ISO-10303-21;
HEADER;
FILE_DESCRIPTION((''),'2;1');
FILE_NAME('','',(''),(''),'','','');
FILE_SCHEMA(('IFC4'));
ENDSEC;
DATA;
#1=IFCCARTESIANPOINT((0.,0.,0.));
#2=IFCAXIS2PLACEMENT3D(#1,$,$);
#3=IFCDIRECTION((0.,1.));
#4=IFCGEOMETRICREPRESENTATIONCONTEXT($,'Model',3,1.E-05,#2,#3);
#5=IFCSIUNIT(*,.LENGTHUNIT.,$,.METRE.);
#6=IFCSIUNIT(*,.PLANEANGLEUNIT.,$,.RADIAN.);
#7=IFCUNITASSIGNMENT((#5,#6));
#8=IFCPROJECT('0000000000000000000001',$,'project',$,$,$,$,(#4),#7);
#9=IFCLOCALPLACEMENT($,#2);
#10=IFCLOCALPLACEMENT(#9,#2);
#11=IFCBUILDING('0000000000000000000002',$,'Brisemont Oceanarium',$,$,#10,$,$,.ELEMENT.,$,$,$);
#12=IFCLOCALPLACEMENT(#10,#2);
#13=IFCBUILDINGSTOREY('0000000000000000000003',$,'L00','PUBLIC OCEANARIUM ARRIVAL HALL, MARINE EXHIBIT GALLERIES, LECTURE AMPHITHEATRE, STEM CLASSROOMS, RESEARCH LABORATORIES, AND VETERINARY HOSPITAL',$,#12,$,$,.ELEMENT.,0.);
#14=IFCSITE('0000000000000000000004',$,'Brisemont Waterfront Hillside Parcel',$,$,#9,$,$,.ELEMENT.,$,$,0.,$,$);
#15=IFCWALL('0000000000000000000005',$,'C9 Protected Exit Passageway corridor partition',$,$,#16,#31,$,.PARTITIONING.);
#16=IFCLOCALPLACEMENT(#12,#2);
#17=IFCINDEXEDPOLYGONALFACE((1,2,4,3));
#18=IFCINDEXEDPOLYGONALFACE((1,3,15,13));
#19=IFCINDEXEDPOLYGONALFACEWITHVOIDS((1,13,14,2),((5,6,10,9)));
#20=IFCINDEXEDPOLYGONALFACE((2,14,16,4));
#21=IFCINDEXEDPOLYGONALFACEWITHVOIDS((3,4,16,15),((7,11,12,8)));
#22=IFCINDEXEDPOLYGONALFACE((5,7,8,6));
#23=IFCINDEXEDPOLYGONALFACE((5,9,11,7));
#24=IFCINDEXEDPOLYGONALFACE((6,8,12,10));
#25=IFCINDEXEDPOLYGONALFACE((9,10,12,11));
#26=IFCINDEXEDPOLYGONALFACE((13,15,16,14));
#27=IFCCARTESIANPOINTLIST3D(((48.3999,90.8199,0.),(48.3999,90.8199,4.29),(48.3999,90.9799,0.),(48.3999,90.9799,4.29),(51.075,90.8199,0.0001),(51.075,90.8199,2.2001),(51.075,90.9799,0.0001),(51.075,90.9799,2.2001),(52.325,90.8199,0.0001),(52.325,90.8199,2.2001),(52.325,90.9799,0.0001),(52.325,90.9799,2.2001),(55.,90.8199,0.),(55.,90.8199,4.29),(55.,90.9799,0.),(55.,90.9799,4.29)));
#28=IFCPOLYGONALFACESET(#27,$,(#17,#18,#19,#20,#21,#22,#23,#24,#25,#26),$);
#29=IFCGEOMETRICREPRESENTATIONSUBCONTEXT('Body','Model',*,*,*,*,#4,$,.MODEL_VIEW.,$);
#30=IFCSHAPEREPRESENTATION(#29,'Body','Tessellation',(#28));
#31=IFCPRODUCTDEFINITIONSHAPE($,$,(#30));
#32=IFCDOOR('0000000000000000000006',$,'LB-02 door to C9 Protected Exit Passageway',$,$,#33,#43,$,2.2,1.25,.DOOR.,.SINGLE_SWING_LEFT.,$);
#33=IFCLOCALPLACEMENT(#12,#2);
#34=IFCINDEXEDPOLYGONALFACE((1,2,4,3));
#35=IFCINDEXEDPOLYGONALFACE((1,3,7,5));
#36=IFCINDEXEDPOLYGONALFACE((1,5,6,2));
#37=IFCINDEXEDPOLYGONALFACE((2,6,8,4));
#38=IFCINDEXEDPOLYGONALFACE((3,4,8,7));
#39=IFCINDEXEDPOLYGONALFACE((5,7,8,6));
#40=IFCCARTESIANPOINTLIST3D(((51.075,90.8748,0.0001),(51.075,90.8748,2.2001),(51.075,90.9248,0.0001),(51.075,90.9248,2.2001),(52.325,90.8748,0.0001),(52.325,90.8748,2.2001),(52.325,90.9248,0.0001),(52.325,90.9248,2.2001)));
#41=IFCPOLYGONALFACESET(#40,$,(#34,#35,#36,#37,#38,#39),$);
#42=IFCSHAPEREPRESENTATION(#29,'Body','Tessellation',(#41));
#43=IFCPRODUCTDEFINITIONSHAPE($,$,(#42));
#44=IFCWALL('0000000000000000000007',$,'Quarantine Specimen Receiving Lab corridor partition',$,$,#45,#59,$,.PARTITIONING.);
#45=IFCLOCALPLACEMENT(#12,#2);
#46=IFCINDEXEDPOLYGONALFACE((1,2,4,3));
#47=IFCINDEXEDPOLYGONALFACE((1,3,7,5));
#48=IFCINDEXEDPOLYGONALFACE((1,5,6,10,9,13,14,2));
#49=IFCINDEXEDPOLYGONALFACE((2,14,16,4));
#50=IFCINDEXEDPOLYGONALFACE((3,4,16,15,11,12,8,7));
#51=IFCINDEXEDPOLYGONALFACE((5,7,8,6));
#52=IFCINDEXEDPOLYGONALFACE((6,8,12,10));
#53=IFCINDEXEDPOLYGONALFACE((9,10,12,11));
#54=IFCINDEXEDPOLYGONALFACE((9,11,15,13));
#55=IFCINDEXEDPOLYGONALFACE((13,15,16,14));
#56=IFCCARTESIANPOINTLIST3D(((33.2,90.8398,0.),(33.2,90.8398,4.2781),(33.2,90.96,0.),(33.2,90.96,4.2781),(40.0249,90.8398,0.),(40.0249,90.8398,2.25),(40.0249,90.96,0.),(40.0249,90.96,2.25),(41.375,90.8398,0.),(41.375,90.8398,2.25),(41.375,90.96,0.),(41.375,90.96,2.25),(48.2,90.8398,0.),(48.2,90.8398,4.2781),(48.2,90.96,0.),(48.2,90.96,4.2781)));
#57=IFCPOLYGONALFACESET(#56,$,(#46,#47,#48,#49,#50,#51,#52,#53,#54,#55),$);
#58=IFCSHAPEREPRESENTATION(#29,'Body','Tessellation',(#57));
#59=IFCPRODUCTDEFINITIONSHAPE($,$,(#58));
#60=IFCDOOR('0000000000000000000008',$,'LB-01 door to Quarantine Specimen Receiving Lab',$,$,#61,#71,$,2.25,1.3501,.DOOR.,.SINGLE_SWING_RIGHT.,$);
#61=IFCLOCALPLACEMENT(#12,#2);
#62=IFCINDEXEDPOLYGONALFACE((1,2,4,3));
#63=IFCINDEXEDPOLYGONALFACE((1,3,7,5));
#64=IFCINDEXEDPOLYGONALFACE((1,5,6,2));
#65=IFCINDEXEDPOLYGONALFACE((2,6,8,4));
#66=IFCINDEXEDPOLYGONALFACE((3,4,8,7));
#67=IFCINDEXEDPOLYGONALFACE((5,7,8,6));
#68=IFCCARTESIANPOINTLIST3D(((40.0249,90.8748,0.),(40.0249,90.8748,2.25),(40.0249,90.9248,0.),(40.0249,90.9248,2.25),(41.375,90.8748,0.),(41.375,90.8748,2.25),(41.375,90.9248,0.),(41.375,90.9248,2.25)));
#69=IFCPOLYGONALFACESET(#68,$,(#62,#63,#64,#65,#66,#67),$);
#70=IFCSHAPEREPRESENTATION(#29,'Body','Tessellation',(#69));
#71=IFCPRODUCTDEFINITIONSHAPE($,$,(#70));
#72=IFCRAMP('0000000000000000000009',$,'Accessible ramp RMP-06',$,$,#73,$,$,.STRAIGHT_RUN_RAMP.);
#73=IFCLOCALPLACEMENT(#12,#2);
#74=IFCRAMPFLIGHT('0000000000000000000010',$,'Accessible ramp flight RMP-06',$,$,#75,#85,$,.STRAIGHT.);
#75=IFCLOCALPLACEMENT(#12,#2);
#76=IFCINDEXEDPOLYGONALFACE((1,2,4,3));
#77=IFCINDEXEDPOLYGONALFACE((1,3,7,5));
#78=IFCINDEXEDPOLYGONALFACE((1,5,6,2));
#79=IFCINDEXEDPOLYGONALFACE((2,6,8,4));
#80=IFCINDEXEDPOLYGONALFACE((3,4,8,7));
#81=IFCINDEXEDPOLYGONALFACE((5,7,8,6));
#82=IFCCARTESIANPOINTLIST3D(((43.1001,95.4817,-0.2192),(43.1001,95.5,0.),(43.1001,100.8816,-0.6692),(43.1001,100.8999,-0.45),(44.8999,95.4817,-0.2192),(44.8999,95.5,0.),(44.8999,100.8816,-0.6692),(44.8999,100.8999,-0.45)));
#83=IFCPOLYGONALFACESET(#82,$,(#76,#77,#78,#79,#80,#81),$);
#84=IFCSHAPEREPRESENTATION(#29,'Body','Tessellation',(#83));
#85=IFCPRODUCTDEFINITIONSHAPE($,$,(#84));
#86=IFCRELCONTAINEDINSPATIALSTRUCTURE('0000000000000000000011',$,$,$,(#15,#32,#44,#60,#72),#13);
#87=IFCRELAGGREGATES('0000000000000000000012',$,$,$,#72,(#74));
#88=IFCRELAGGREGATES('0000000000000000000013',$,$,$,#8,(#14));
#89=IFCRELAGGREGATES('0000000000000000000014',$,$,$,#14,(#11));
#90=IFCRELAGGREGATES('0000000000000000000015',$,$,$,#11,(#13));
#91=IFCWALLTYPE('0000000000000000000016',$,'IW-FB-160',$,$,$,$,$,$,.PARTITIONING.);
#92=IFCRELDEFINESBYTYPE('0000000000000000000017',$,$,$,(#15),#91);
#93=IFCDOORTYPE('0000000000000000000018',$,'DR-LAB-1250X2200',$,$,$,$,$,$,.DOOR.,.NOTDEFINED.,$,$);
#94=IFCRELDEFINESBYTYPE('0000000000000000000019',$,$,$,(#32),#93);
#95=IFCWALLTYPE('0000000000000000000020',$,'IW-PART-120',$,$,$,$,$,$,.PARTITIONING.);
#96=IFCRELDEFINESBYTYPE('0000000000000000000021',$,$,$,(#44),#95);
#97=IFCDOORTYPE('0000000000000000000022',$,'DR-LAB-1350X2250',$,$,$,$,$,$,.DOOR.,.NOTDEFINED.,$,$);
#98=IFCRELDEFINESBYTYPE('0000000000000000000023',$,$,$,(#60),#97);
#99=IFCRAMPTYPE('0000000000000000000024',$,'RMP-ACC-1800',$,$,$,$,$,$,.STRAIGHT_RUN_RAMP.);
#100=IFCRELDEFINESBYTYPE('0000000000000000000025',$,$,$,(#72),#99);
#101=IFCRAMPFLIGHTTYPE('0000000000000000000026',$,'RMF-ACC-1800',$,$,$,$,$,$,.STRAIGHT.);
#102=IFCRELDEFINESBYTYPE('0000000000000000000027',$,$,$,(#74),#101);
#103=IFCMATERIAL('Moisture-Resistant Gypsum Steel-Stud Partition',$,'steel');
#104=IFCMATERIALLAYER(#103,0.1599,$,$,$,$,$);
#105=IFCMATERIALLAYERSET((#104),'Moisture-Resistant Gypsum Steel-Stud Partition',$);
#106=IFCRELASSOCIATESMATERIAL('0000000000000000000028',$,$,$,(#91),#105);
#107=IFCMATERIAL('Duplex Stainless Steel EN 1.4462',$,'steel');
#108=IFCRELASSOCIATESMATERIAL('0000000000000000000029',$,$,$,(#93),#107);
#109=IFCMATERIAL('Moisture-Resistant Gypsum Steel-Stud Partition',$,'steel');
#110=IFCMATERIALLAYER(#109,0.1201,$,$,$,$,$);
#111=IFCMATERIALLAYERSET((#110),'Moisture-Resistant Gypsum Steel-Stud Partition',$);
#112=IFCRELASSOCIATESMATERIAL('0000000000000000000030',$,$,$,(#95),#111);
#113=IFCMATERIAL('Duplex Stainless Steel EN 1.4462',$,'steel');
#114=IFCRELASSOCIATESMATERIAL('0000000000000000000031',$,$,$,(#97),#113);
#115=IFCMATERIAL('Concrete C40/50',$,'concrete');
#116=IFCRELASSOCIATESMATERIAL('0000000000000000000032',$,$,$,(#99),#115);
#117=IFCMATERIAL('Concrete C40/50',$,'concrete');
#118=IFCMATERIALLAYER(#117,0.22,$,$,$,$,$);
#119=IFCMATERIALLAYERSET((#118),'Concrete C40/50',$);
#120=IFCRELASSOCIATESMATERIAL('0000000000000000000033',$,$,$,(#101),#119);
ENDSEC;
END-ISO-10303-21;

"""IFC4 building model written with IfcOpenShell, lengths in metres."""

from ifc_helpers import new_model, si_unit, direction, frame, frame_2d, origin, place, context, subcontext, project, spatial, polyline, rectangle, outline, extrude, material, layer, layer_set, type_object, element, fill, aggregate, save


model = new_model("IFC4")

# Units and contexts
model_context = context("Model", 3, precision=1e-05, world=origin(), true_north=direction((0.0, 1.0)))
body_context = subcontext(model_context, "Body", "Model", "MODEL_VIEW")
ifc_project = project(units=[si_unit("LENGTHUNIT", "METRE"), si_unit("PLANEANGLEUNIT", "RADIAN")], contexts=[model_context])

# Site, building, storey
site_placement = place(None, origin())
site = spatial("IfcSite", under=ifc_project, at=site_placement, Name="Brisemont Waterfront Hillside Parcel", CompositionType="ELEMENT", RefElevation=0.0)
building_placement = place(site_placement, origin())
building = spatial("IfcBuilding", under=site, at=building_placement, Name="Brisemont Oceanarium", CompositionType="ELEMENT")
storey_placement = place(building_placement, origin())
storey = spatial("IfcBuildingStorey", under=building, at=storey_placement, Name="L00", Description="PUBLIC OCEANARIUM ARRIVAL HALL, MARINE EXHIBIT GALLERIES, LECTURE AMPHITHEATRE, STEM CLASSROOMS, RESEARCH LABORATORIES, AND VETERINARY HOSPITAL", CompositionType="ELEMENT", Elevation=0.0)

# Walls, openings, doors
ifc_material_1 = material(Name="Moisture-Resistant Gypsum Steel-Stud Partition", Category="steel")
ifc_layer_1 = layer(ifc_material_1, 0.1599)
ifc_layer_set_1 = layer_set([ifc_layer_1], Name="Moisture-Resistant Gypsum Steel-Stud Partition")
wall_type_1 = type_object("IfcWallType", Name="IW-FB-160", PredefinedType="PARTITIONING", material=ifc_layer_set_1)
wall_1_placement = place(storey_placement, frame((48.3999, 90.8999, 0.0), z_axis=(0.0, 0.0, 1.0), x_axis=(1.0, 0.0, 0.0)))
wall_1 = element("IfcWall", 1, at=wall_1_placement, inside=storey, type_object=wall_type_1, Name="C9 Protected Exit Passageway corridor partition", PredefinedType="PARTITIONING", context=body_context, shape_type="SweptSolid", body=[
    extrude(rectangle(XDim=6.6001, YDim=0.1599, at=frame_2d((3.3, 0.0))), origin(), (0.0, 0.0, 1.0), 4.29),
])
opening_1_placement = place(wall_1_placement, frame((2.675, 0.0, 0.0)))
opening_1 = element("IfcOpeningElement", 2, at=opening_1_placement, cuts=wall_1, PredefinedType="OPENING", context=body_context, shape_type="SweptSolid", body=[
    extrude(rectangle(XDim=1.25, YDim=2.2, at=frame_2d((0.625, 1.1001))), frame((0.0, 0.0898, 0.0), z_axis=(0.0, -1.0, 0.0), x_axis=(1.0, 0.0, 0.0)), (0.0, 0.0, 1.0), 0.1799),
])
ifc_material_2 = material(Name="Duplex Stainless Steel EN 1.4462", Category="steel")
door_type_1 = type_object("IfcDoorType", Name="DR-LAB-1250X2200", OperationType="NOTDEFINED", PredefinedType="DOOR", material=ifc_material_2)
door_1_placement = place(opening_1_placement, origin())
door_1 = element("IfcDoor", 3, at=door_1_placement, inside=storey, type_object=door_type_1, Name="LB-02 door to C9 Protected Exit Passageway", OperationType="SINGLE_SWING_LEFT", OverallHeight=2.2, OverallWidth=1.25, PredefinedType="DOOR", context=body_context, shape_type="SweptSolid", body=[
    extrude(rectangle(XDim=1.25, YDim=2.2, at=frame_2d((0.625, 1.1001))), frame((0.0, 0.0249, 0.0), z_axis=(0.0, -1.0, 0.0), x_axis=(1.0, 0.0, 0.0)), (0.0, 0.0, 1.0), 0.05),
])
fill(opening_1, door_1)
ifc_material_3 = material(Name="Moisture-Resistant Gypsum Steel-Stud Partition", Category="steel")
ifc_layer_2 = layer(ifc_material_3, 0.1201)
ifc_layer_set_2 = layer_set([ifc_layer_2], Name="Moisture-Resistant Gypsum Steel-Stud Partition")
wall_type_2 = type_object("IfcWallType", Name="IW-PART-120", PredefinedType="PARTITIONING", material=ifc_layer_set_2)
wall_2_placement = place(storey_placement, frame((33.2, 90.8999, 0.0), z_axis=(0.0, 0.0, 1.0), x_axis=(1.0, 0.0, 0.0)))
wall_2 = element("IfcWall", 4, at=wall_2_placement, inside=storey, type_object=wall_type_2, Name="Quarantine Specimen Receiving Lab corridor partition", PredefinedType="PARTITIONING", context=body_context, shape_type="SweptSolid", body=[
    extrude(rectangle(XDim=15.0, YDim=0.1201, at=frame_2d((7.5, 0.0))), origin(), (0.0, 0.0, 1.0), 4.2781),
])
opening_2_placement = place(wall_2_placement, frame((6.825, 0.0, 0.0)))
opening_2 = element("IfcOpeningElement", 5, at=opening_2_placement, cuts=wall_2, PredefinedType="OPENING", context=body_context, shape_type="SweptSolid", body=[
    extrude(rectangle(XDim=1.3501, YDim=2.25, at=frame_2d((0.675, 1.125))), frame((0.0, 0.0701, 0.0), z_axis=(0.0, -1.0, 0.0), x_axis=(1.0, 0.0, 0.0)), (0.0, 0.0, 1.0), 0.1401),
])
ifc_material_4 = material(Name="Duplex Stainless Steel EN 1.4462", Category="steel")
door_type_2 = type_object("IfcDoorType", Name="DR-LAB-1350X2250", OperationType="NOTDEFINED", PredefinedType="DOOR", material=ifc_material_4)
door_2_placement = place(opening_2_placement, origin())
door_2 = element("IfcDoor", 6, at=door_2_placement, inside=storey, type_object=door_type_2, Name="LB-01 door to Quarantine Specimen Receiving Lab", OperationType="SINGLE_SWING_RIGHT", OverallHeight=2.25, OverallWidth=1.3501, PredefinedType="DOOR", context=body_context, shape_type="SweptSolid", body=[
    extrude(rectangle(XDim=1.3501, YDim=2.25, at=frame_2d((0.675, 1.125))), frame((0.0, 0.0249, 0.0), z_axis=(0.0, -1.0, 0.0), x_axis=(1.0, 0.0, 0.0)), (0.0, 0.0, 1.0), 0.05),
])
fill(opening_2, door_2)

# Ramp, ramp flight
ifc_material_5 = material(Name="Concrete C40/50", Category="concrete")
ramp_type = type_object("IfcRampType", Name="RMP-ACC-1800", PredefinedType="STRAIGHT_RUN_RAMP", material=ifc_material_5)
ramp_placement = place(storey_placement, origin())
ramp = element("IfcRamp", 7, at=ramp_placement, inside=storey, type_object=ramp_type, Name="Accessible ramp RMP-06", PredefinedType="STRAIGHT_RUN_RAMP")
ifc_material_6 = material(Name="Concrete C40/50", Category="concrete")
ifc_layer_3 = layer(ifc_material_6, 0.22)
ifc_layer_set_3 = layer_set([ifc_layer_3], Name="Concrete C40/50")
ramp_flight_type = type_object("IfcRampFlightType", Name="RMF-ACC-1800", PredefinedType="STRAIGHT", material=ifc_layer_set_3)
ramp_flight_placement = place(storey_placement, frame((43.1001, 100.8999, -0.45), z_axis=(0.0, 0.083038, 0.996546), x_axis=(0.0, -0.996546, 0.083038)))
ramp_flight = element("IfcRampFlight", 8, at=ramp_flight_placement, type_object=ramp_flight_type, Name="Accessible ramp flight RMP-06", PredefinedType="STRAIGHT", context=body_context, shape_type="SweptSolid", body=[
    extrude(outline(polyline([(0.0, 0.0), (5.4186, 0.0), (5.4186, 1.7998), (0.0, 1.7998), (0.0, 0.0)])), origin(), (0.0, 0.0, -1.0), 0.22),
])
aggregate(ramp, [ramp_flight])

save(model, "model.ifc")
